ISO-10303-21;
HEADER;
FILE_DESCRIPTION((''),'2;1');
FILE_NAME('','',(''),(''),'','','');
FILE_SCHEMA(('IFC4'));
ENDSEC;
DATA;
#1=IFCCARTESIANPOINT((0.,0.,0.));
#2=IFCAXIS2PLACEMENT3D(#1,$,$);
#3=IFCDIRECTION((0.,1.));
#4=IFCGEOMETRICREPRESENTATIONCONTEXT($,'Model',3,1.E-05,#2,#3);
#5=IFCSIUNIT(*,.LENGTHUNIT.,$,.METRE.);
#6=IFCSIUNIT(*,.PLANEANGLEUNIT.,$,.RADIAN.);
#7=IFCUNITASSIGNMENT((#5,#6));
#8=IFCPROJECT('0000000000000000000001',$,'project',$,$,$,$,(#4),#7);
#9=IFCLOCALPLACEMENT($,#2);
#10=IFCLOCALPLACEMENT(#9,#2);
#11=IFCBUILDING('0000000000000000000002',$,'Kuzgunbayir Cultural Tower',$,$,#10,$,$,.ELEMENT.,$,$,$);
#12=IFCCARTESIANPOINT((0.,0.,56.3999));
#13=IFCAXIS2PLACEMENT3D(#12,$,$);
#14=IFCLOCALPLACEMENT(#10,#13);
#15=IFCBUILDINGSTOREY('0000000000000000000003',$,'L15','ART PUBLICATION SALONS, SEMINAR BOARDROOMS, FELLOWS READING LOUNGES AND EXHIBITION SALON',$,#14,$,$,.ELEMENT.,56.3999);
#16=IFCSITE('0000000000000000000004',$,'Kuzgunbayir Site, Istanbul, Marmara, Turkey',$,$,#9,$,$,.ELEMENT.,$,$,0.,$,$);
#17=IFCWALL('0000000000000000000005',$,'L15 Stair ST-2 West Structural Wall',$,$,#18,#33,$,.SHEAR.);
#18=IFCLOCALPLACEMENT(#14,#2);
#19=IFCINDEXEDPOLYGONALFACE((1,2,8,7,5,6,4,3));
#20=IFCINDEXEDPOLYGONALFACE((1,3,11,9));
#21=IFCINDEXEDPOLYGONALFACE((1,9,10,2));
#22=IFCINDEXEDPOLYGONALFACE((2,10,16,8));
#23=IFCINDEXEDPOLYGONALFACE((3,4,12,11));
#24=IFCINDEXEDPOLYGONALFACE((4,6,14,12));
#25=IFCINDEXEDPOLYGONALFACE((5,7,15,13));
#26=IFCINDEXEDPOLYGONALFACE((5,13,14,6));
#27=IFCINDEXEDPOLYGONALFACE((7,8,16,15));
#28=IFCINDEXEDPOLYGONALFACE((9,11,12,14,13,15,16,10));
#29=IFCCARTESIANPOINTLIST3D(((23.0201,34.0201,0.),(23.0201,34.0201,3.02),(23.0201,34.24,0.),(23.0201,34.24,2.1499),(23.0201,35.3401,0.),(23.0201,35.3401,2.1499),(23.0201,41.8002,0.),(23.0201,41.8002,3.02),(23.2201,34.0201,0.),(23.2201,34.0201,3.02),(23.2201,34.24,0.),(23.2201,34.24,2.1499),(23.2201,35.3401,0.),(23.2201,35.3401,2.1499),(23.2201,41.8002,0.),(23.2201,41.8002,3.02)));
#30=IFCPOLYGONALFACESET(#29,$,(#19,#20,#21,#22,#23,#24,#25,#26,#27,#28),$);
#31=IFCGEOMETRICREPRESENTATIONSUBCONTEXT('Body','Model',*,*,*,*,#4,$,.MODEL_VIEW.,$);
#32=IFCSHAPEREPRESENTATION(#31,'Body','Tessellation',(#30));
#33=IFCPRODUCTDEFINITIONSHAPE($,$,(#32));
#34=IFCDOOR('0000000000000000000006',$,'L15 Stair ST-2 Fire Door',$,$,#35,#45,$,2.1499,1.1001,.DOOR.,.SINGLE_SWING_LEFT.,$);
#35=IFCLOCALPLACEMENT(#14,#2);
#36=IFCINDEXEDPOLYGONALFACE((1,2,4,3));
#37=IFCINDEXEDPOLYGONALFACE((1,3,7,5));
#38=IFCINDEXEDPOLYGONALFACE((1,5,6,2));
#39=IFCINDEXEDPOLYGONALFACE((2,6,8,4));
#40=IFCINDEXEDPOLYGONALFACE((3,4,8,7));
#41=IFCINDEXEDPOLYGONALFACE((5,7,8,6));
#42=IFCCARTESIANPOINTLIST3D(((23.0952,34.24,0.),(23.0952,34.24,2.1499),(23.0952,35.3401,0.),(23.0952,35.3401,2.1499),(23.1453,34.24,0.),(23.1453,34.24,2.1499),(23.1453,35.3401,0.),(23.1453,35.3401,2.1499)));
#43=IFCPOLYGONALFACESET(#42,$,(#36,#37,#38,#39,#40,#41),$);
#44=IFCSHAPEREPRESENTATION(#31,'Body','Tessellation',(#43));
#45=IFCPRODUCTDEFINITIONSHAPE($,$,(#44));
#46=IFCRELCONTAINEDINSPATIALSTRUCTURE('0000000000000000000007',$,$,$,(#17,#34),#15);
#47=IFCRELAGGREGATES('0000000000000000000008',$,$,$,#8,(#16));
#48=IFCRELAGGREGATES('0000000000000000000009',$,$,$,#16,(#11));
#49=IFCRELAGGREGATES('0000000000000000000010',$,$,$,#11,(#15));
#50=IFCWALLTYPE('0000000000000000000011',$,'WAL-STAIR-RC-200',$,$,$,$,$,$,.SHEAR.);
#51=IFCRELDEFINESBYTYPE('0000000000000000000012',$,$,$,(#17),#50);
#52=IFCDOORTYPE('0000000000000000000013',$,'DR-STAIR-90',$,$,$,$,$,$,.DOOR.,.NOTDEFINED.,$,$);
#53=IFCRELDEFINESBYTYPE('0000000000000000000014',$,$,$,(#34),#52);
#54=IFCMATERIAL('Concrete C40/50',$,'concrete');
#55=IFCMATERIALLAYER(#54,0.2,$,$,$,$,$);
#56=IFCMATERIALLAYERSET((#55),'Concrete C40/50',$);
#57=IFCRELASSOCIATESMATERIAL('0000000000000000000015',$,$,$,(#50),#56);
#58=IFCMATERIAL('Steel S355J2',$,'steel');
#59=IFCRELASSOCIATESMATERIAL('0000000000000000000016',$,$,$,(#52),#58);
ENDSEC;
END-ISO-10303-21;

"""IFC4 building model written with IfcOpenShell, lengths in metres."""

from ifc_helpers import new_model, si_unit, direction, frame, frame_2d, origin, place, context, subcontext, project, spatial, rectangle, extrude, material, layer, layer_set, type_object, element, fill, save


model = new_model("IFC4")

# Units and contexts
model_context = context("Model", 3, precision=1e-05, world=origin(), true_north=direction((0.0, 1.0)))
body_context = subcontext(model_context, "Body", "Model", "MODEL_VIEW")
ifc_project = project(units=[si_unit("LENGTHUNIT", "METRE"), si_unit("PLANEANGLEUNIT", "RADIAN")], contexts=[model_context])

# Site, building, storey
site_placement = place(None, origin())
site = spatial("IfcSite", under=ifc_project, at=site_placement, Name="Kuzgunbayir Site, Istanbul, Marmara, Turkey", CompositionType="ELEMENT", RefElevation=0.0)
building_placement = place(site_placement, origin())
building = spatial("IfcBuilding", under=site, at=building_placement, Name="Kuzgunbayir Cultural Tower", CompositionType="ELEMENT")
storey_placement = place(building_placement, frame((0.0, 0.0, 56.3999)))
storey = spatial("IfcBuildingStorey", under=building, at=storey_placement, Name="L15", Description="ART PUBLICATION SALONS, SEMINAR BOARDROOMS, FELLOWS READING LOUNGES AND EXHIBITION SALON", CompositionType="ELEMENT", Elevation=56.3999)

# Shared definitions
ifc_material_1 = material(Name="Steel S355J2", Category="steel")

# Shared definitions
ifc_material_2 = material(Name="Concrete C40/50", Category="concrete")

# Wall, opening, door
ifc_layer_1 = layer(ifc_material_2, 0.2)
ifc_layer_set_1 = layer_set([ifc_layer_1], Name="Concrete C40/50")
wall_type_1 = type_object("IfcWallType", Name="WAL-STAIR-RC-200", PredefinedType="SHEAR", material=ifc_layer_set_1)
wall_1_placement = place(storey_placement, frame((23.1201, 34.02, 0.0), z_axis=(0.0, 0.0, 1.0), x_axis=(0.0, 1.0, 0.0)))
wall_1 = element("IfcWall", 1, at=wall_1_placement, inside=storey, type_object=wall_type_1, Name="L15 Stair ST-2 West Structural Wall", PredefinedType="SHEAR", context=body_context, shape_type="SweptSolid", body=[
    extrude(rectangle(XDim=7.78, YDim=0.2, at=frame_2d((3.8901, 0.0))), origin(), (0.0, 0.0, 1.0), 3.02),
])
opening_1_placement = place(wall_1_placement, frame((0.22, 0.0, 0.0)))
opening_1 = element("IfcOpeningElement", 2, at=opening_1_placement, cuts=wall_1, PredefinedType="OPENING", context=body_context, shape_type="SweptSolid", body=[
    extrude(rectangle(XDim=1.1001, YDim=2.1499, at=frame_2d((0.55, 1.075))), frame((0.0, 0.1099, 0.0), z_axis=(0.0, -1.0, 0.0), x_axis=(1.0, 0.0, 0.0)), (0.0, 0.0, 1.0), 0.22),
])
door_type_1 = type_object("IfcDoorType", Name="DR-STAIR-90", OperationType="NOTDEFINED", PredefinedType="DOOR", material=ifc_material_1)
door_1_placement = place(opening_1_placement, origin())
door_1 = element("IfcDoor", 3, at=door_1_placement, inside=storey, type_object=door_type_1, Name="L15 Stair ST-2 Fire Door", OperationType="SINGLE_SWING_LEFT", OverallHeight=2.1499, OverallWidth=1.1001, PredefinedType="DOOR", context=body_context, shape_type="SweptSolid", body=[
    extrude(rectangle(XDim=1.1001, YDim=2.1499, at=frame_2d((0.55, 1.075))), frame((0.0, 0.0249, 0.0), z_axis=(0.0, -1.0, 0.0), x_axis=(1.0, 0.0, 0.0)), (0.0, 0.0, 1.0), 0.05),
])
fill(opening_1, door_1)

save(model, "model.ifc")
